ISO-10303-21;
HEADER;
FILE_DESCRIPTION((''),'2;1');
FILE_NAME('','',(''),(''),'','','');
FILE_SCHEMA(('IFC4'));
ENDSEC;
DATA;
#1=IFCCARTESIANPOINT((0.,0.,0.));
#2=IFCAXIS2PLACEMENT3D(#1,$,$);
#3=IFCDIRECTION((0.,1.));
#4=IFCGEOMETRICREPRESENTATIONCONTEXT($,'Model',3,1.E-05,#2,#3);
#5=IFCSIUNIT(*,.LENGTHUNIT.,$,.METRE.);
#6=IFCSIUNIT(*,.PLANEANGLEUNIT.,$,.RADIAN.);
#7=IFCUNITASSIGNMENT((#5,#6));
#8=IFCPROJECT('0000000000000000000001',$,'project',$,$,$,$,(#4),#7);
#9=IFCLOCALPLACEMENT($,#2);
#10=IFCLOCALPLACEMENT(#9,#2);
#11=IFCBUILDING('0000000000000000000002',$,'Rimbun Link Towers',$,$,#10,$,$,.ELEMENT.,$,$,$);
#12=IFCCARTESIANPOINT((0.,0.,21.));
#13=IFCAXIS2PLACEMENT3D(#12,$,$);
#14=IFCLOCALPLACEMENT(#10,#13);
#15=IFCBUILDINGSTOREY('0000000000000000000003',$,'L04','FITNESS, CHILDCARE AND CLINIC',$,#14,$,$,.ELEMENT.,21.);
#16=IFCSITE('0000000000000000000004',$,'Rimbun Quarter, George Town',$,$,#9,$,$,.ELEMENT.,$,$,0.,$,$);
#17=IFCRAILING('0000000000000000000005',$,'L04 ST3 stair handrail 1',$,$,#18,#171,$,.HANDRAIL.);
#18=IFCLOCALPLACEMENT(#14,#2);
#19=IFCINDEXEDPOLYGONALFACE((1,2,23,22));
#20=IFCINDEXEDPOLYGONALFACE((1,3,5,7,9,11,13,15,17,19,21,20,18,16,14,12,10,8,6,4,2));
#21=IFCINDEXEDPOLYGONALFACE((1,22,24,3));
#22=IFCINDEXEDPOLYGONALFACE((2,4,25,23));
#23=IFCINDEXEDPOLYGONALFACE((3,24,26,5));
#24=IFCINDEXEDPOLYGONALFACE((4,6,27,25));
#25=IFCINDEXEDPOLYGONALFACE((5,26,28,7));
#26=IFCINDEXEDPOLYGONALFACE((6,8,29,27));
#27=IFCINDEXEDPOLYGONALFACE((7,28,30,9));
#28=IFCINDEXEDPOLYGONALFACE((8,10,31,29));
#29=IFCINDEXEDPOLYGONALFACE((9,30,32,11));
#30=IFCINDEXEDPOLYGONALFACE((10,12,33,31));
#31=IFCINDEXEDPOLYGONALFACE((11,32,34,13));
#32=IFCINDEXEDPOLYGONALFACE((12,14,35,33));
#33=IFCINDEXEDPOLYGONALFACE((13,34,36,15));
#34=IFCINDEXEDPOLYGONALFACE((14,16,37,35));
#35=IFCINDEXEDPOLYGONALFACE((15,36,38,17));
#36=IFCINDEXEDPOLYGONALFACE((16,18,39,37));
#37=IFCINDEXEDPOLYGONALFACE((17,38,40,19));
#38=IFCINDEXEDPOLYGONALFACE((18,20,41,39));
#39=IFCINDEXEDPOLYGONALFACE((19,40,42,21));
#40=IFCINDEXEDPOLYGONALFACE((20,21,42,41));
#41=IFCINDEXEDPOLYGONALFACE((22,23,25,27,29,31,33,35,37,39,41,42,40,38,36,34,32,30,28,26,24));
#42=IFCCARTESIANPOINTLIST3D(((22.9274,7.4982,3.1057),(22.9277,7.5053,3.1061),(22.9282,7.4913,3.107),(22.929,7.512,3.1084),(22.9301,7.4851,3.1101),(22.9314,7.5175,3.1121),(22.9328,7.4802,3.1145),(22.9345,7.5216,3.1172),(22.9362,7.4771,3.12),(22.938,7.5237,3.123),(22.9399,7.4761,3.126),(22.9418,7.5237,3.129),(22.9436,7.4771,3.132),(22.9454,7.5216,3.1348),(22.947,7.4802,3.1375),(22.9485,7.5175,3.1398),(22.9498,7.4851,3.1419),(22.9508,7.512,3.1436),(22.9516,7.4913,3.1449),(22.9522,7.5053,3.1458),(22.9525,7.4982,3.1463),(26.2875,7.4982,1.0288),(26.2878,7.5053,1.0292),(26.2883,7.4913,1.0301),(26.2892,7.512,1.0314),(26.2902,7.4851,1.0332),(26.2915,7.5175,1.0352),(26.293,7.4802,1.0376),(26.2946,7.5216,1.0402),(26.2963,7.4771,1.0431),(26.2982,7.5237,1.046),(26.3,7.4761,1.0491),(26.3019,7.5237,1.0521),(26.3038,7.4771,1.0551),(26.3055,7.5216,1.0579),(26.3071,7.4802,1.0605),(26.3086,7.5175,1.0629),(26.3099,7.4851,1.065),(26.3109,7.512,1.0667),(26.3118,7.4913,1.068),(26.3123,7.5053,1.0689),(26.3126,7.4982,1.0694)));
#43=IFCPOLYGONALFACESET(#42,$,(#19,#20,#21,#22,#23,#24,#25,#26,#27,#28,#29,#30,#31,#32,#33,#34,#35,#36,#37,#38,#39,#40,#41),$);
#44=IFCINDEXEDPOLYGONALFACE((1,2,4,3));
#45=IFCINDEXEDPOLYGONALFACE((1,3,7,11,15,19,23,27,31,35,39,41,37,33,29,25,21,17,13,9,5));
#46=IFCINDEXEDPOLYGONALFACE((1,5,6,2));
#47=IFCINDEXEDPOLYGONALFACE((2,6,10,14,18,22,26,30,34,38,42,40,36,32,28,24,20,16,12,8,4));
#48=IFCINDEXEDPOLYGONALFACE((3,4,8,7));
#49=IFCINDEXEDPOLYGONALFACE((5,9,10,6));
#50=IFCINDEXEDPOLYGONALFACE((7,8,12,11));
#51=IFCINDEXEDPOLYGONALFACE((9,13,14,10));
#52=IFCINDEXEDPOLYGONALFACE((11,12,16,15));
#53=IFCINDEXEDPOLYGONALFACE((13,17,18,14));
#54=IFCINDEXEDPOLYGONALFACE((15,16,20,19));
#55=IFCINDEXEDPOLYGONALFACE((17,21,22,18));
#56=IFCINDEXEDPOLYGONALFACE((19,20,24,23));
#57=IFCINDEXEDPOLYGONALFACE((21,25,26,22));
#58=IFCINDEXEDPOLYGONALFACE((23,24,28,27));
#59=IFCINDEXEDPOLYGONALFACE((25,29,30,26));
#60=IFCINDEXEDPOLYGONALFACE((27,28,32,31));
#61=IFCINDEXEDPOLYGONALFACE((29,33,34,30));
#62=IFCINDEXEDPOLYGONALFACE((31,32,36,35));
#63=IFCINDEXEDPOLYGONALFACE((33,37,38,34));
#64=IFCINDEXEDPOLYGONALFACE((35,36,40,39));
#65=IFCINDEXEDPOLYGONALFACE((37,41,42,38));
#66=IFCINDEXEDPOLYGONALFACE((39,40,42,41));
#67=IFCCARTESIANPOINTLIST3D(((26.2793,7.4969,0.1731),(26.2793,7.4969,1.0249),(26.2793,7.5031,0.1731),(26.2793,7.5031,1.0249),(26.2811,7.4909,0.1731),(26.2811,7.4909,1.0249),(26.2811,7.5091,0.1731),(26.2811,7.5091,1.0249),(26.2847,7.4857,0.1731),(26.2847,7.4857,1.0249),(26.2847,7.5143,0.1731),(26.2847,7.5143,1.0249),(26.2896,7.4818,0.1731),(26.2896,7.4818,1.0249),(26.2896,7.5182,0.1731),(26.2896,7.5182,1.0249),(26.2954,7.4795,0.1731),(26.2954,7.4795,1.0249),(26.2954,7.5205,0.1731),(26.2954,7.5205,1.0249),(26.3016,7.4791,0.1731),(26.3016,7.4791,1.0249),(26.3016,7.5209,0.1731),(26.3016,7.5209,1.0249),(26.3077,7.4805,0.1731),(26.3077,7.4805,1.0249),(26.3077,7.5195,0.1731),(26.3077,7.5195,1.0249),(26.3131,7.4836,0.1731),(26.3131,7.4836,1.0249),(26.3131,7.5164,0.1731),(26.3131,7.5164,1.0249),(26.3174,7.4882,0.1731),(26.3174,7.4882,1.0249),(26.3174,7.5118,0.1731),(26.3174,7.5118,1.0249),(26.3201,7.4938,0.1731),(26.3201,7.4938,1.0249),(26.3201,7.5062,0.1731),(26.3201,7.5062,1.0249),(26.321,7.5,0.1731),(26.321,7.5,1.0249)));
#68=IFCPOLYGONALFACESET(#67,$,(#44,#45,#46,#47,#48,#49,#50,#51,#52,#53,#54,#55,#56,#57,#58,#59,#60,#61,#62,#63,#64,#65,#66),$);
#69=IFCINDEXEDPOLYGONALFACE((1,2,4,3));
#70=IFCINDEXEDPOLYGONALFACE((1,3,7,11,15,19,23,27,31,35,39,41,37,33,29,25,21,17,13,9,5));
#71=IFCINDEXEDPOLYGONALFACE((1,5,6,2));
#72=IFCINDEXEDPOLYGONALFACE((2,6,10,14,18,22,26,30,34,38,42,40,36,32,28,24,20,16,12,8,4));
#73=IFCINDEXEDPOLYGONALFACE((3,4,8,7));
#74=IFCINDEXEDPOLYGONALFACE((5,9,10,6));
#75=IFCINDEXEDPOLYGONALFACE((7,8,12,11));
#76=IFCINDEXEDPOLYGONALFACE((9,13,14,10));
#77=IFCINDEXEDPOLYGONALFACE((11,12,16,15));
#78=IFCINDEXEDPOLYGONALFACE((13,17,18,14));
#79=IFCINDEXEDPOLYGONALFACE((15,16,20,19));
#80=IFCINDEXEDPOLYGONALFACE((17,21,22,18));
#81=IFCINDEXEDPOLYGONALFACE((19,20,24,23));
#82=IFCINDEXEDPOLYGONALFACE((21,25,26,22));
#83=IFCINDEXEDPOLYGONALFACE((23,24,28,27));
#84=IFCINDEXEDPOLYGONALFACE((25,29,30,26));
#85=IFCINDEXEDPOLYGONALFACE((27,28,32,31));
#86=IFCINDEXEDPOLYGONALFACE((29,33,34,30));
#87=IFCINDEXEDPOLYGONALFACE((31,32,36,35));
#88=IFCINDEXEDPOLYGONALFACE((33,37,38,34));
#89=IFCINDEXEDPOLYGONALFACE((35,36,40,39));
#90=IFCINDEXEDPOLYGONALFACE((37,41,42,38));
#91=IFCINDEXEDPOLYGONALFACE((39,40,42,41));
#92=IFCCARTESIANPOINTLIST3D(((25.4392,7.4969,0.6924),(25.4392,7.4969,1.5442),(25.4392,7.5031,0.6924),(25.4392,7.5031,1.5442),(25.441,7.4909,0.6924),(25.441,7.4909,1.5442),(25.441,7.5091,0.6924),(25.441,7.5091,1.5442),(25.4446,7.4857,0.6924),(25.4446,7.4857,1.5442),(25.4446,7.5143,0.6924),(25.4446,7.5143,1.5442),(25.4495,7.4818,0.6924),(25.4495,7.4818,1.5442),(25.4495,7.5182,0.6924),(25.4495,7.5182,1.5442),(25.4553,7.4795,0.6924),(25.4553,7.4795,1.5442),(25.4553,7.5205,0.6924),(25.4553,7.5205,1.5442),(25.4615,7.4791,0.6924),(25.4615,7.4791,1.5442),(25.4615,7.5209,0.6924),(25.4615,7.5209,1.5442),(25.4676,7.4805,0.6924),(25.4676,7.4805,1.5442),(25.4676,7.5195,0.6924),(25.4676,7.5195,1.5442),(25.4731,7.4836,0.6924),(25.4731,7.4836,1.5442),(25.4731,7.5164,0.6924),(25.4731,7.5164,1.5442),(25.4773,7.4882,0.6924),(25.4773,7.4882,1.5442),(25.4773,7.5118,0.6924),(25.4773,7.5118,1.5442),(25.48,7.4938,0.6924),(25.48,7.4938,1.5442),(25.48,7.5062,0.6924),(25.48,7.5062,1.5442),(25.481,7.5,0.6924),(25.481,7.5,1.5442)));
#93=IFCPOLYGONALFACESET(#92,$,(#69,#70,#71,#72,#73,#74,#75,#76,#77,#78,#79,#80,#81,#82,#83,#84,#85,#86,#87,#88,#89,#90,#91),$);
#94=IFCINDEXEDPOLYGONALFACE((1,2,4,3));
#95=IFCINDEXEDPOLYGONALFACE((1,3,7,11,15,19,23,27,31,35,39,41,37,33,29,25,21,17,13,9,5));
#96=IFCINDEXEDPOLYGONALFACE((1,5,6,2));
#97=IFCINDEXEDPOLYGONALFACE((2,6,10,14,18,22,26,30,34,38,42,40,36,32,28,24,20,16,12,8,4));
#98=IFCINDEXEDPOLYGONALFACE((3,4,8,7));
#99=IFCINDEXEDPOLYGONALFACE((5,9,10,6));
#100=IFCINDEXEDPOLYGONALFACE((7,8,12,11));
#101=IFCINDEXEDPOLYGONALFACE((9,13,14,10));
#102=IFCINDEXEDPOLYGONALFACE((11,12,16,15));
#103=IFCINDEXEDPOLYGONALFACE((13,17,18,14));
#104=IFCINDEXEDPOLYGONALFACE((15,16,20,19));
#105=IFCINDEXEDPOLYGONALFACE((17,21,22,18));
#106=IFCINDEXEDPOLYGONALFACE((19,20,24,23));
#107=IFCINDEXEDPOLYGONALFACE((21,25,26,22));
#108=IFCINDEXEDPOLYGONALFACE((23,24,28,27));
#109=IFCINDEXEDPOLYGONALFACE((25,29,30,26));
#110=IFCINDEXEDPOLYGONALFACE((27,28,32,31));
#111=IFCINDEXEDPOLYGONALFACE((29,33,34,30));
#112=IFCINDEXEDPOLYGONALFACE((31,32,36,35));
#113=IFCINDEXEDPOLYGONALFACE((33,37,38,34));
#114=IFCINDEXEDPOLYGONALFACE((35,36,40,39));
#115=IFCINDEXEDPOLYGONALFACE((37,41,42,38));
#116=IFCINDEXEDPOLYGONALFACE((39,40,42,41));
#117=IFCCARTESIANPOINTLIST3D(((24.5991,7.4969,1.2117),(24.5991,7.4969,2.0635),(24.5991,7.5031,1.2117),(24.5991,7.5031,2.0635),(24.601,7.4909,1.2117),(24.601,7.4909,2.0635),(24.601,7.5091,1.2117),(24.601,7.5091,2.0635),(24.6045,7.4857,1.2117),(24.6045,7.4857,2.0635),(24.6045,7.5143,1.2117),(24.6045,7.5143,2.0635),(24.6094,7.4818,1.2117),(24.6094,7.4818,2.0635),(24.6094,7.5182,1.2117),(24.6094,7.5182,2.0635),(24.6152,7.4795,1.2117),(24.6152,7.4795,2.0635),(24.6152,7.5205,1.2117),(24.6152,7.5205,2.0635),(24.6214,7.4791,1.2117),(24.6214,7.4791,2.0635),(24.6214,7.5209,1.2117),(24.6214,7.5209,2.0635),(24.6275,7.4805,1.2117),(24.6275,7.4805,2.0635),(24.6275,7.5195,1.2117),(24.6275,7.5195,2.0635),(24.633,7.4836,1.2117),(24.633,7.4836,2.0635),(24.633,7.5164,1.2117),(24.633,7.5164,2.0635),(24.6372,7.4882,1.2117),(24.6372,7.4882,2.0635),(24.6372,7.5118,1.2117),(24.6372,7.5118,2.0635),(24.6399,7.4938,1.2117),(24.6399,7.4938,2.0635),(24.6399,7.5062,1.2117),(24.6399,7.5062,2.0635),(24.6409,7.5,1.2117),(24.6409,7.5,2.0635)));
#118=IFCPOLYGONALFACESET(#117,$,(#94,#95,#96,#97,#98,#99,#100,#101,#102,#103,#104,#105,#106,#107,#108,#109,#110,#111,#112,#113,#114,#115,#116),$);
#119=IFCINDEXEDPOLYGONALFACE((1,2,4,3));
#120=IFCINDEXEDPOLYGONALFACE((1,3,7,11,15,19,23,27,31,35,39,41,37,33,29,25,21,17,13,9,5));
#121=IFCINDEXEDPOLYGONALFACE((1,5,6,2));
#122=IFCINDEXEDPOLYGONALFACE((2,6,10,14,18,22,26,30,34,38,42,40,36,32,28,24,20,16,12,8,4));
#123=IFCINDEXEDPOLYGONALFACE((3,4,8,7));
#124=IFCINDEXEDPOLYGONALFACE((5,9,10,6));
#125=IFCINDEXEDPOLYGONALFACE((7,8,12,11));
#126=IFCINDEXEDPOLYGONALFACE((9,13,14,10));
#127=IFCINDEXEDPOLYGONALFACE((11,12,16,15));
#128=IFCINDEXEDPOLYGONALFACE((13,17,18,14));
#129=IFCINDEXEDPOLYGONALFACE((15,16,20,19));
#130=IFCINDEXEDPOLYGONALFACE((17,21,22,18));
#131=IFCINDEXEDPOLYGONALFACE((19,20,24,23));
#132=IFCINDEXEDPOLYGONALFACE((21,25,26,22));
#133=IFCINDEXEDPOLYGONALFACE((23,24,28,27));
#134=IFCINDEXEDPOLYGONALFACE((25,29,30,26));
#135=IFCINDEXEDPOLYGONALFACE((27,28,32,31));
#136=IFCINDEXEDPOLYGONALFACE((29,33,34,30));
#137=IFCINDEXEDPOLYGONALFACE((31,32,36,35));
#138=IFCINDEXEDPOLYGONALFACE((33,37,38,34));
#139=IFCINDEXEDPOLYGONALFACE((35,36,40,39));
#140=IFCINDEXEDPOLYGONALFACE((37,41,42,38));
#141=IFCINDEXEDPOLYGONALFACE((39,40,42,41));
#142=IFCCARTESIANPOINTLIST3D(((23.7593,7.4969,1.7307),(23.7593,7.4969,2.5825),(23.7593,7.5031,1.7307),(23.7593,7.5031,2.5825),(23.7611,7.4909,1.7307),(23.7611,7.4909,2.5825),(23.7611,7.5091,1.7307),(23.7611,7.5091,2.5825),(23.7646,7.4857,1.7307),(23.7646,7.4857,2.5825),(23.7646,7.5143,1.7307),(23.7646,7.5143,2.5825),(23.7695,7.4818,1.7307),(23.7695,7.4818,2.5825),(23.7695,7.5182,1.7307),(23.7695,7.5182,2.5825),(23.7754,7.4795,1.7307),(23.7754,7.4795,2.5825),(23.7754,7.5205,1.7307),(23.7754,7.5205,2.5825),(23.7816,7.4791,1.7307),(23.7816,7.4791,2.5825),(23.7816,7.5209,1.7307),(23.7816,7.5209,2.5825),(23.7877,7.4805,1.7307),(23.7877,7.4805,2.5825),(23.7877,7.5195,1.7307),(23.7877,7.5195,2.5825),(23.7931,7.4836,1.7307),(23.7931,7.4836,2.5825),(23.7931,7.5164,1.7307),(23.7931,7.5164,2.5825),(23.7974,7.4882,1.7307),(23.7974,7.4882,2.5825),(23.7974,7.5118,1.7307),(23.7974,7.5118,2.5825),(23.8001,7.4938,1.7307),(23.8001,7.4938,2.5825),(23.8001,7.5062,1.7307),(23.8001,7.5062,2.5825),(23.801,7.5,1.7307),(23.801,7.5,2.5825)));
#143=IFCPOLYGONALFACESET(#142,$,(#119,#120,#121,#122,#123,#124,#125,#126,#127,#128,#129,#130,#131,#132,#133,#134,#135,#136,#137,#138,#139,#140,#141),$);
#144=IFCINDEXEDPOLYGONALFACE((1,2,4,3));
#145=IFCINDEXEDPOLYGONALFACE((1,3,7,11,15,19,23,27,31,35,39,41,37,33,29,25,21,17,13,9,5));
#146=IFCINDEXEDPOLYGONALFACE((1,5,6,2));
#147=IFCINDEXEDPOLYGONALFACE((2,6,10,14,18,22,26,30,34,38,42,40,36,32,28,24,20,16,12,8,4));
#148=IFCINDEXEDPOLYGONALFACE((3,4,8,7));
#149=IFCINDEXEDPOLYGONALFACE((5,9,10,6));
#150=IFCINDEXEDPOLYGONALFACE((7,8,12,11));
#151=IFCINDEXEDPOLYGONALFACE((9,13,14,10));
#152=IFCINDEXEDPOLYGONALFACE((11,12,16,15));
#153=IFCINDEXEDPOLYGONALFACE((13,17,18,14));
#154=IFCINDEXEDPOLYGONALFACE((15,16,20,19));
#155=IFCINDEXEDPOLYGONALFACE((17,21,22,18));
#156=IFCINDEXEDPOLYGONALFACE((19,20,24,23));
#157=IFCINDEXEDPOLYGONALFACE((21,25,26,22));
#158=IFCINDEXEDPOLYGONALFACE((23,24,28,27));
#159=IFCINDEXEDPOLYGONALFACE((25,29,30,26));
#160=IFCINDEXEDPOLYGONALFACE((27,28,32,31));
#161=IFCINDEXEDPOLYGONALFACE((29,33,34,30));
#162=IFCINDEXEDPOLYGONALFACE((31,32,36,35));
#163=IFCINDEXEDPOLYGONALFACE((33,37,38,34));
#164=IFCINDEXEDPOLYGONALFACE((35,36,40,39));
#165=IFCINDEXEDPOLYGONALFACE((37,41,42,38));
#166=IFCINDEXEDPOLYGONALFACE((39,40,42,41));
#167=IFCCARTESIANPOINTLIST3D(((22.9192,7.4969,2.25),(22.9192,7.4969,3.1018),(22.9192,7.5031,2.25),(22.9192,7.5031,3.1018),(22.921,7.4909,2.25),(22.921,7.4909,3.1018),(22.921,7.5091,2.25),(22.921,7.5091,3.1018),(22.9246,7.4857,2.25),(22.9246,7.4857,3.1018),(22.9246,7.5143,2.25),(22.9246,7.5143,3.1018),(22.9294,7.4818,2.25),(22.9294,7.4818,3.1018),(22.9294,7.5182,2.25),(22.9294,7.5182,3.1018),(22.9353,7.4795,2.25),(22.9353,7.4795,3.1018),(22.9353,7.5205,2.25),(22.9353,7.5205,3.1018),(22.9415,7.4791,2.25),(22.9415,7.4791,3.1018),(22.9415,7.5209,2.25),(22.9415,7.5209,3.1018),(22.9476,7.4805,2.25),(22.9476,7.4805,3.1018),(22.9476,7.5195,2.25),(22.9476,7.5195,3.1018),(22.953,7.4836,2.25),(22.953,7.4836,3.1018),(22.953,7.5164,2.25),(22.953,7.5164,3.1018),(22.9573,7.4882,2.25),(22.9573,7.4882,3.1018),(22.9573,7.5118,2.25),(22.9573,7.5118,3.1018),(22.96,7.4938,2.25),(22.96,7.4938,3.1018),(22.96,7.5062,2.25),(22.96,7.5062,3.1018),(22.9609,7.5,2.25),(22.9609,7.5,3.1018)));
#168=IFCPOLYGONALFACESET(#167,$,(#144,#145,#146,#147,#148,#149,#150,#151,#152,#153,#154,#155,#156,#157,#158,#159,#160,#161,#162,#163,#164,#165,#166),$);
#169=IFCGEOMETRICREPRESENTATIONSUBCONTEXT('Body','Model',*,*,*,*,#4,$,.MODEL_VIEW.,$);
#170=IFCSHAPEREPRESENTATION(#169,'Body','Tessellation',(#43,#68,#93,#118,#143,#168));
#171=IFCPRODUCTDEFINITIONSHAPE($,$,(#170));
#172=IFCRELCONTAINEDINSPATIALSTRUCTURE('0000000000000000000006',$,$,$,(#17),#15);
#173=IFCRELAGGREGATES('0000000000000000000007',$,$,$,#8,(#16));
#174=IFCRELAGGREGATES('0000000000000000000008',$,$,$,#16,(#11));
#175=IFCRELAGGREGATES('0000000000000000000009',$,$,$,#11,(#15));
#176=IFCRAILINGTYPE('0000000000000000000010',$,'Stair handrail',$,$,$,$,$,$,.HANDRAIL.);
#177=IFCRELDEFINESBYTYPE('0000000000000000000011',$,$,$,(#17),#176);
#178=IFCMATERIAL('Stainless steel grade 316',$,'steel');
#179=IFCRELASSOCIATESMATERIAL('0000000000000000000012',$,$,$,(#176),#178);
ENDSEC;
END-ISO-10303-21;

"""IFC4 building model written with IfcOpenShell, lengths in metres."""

from ifc_helpers import new_model, si_unit, direction, frame, origin, origin_2d, place, context, subcontext, project, spatial, circle, extrude, material, type_object, element, save


model = new_model("IFC4")

# Units and contexts
model_context = context("Model", 3, precision=1e-05, world=origin(), true_north=direction((0.0, 1.0)))
body_context = subcontext(model_context, "Body", "Model", "MODEL_VIEW")
ifc_project = project(units=[si_unit("LENGTHUNIT", "METRE"), si_unit("PLANEANGLEUNIT", "RADIAN")], contexts=[model_context])

# Site, building, storey
site_placement = place(None, origin())
site = spatial("IfcSite", under=ifc_project, at=site_placement, Name="Rimbun Quarter, George Town", CompositionType="ELEMENT", RefElevation=0.0)
building_placement = place(site_placement, origin())
building = spatial("IfcBuilding", under=site, at=building_placement, Name="Rimbun Link Towers", CompositionType="ELEMENT")
storey_placement = place(building_placement, frame((0.0, 0.0, 21.0)))
storey = spatial("IfcBuildingStorey", under=building, at=storey_placement, Name="L04", Description="FITNESS, CHILDCARE AND CLINIC", CompositionType="ELEMENT", Elevation=21.0)

# Railing
ifc_material_1 = material(Name="Stainless steel grade 316", Category="steel")
railing_type_1 = type_object("IfcRailingType", Name="Stair handrail", PredefinedType="HANDRAIL", material=ifc_material_1)
railing_1_placement = place(storey_placement, frame((26.3, 7.5, 0.1731)))
element("IfcRailing", 1, at=railing_1_placement, inside=storey, type_object=railing_type_1, Name="L04 ST3 stair handrail 1", PredefinedType="HANDRAIL", context=body_context, shape_type="SweptSolid", body=[
    extrude(circle(Radius=0.0239, at=origin_2d()), frame((0.0, 0.0, 0.876), z_axis=(-0.850623, 0.0, 0.525776), x_axis=(0.0, -1.0, 0.0)), (0.0, 0.0, 1.0), 3.9502),
    extrude(circle(Radius=0.021, at=origin_2d()), origin(), (0.0, 0.0, 1.0), 0.8518),
    extrude(circle(Radius=0.021, at=origin_2d()), frame((-0.8401, 0.0, 0.5193)), (0.0, 0.0, 1.0), 0.8518),
    extrude(circle(Radius=0.021, at=origin_2d()), frame((-1.6802, 0.0, 1.0386)), (0.0, 0.0, 1.0), 0.8518),
    extrude(circle(Radius=0.021, at=origin_2d()), frame((-2.52, 0.0, 1.5576)), (0.0, 0.0, 1.0), 0.8518),
    extrude(circle(Radius=0.021, at=origin_2d()), frame((-3.3601, 0.0, 2.0769)), (0.0, 0.0, 1.0), 0.8518),
])

save(model, "model.ifc")
